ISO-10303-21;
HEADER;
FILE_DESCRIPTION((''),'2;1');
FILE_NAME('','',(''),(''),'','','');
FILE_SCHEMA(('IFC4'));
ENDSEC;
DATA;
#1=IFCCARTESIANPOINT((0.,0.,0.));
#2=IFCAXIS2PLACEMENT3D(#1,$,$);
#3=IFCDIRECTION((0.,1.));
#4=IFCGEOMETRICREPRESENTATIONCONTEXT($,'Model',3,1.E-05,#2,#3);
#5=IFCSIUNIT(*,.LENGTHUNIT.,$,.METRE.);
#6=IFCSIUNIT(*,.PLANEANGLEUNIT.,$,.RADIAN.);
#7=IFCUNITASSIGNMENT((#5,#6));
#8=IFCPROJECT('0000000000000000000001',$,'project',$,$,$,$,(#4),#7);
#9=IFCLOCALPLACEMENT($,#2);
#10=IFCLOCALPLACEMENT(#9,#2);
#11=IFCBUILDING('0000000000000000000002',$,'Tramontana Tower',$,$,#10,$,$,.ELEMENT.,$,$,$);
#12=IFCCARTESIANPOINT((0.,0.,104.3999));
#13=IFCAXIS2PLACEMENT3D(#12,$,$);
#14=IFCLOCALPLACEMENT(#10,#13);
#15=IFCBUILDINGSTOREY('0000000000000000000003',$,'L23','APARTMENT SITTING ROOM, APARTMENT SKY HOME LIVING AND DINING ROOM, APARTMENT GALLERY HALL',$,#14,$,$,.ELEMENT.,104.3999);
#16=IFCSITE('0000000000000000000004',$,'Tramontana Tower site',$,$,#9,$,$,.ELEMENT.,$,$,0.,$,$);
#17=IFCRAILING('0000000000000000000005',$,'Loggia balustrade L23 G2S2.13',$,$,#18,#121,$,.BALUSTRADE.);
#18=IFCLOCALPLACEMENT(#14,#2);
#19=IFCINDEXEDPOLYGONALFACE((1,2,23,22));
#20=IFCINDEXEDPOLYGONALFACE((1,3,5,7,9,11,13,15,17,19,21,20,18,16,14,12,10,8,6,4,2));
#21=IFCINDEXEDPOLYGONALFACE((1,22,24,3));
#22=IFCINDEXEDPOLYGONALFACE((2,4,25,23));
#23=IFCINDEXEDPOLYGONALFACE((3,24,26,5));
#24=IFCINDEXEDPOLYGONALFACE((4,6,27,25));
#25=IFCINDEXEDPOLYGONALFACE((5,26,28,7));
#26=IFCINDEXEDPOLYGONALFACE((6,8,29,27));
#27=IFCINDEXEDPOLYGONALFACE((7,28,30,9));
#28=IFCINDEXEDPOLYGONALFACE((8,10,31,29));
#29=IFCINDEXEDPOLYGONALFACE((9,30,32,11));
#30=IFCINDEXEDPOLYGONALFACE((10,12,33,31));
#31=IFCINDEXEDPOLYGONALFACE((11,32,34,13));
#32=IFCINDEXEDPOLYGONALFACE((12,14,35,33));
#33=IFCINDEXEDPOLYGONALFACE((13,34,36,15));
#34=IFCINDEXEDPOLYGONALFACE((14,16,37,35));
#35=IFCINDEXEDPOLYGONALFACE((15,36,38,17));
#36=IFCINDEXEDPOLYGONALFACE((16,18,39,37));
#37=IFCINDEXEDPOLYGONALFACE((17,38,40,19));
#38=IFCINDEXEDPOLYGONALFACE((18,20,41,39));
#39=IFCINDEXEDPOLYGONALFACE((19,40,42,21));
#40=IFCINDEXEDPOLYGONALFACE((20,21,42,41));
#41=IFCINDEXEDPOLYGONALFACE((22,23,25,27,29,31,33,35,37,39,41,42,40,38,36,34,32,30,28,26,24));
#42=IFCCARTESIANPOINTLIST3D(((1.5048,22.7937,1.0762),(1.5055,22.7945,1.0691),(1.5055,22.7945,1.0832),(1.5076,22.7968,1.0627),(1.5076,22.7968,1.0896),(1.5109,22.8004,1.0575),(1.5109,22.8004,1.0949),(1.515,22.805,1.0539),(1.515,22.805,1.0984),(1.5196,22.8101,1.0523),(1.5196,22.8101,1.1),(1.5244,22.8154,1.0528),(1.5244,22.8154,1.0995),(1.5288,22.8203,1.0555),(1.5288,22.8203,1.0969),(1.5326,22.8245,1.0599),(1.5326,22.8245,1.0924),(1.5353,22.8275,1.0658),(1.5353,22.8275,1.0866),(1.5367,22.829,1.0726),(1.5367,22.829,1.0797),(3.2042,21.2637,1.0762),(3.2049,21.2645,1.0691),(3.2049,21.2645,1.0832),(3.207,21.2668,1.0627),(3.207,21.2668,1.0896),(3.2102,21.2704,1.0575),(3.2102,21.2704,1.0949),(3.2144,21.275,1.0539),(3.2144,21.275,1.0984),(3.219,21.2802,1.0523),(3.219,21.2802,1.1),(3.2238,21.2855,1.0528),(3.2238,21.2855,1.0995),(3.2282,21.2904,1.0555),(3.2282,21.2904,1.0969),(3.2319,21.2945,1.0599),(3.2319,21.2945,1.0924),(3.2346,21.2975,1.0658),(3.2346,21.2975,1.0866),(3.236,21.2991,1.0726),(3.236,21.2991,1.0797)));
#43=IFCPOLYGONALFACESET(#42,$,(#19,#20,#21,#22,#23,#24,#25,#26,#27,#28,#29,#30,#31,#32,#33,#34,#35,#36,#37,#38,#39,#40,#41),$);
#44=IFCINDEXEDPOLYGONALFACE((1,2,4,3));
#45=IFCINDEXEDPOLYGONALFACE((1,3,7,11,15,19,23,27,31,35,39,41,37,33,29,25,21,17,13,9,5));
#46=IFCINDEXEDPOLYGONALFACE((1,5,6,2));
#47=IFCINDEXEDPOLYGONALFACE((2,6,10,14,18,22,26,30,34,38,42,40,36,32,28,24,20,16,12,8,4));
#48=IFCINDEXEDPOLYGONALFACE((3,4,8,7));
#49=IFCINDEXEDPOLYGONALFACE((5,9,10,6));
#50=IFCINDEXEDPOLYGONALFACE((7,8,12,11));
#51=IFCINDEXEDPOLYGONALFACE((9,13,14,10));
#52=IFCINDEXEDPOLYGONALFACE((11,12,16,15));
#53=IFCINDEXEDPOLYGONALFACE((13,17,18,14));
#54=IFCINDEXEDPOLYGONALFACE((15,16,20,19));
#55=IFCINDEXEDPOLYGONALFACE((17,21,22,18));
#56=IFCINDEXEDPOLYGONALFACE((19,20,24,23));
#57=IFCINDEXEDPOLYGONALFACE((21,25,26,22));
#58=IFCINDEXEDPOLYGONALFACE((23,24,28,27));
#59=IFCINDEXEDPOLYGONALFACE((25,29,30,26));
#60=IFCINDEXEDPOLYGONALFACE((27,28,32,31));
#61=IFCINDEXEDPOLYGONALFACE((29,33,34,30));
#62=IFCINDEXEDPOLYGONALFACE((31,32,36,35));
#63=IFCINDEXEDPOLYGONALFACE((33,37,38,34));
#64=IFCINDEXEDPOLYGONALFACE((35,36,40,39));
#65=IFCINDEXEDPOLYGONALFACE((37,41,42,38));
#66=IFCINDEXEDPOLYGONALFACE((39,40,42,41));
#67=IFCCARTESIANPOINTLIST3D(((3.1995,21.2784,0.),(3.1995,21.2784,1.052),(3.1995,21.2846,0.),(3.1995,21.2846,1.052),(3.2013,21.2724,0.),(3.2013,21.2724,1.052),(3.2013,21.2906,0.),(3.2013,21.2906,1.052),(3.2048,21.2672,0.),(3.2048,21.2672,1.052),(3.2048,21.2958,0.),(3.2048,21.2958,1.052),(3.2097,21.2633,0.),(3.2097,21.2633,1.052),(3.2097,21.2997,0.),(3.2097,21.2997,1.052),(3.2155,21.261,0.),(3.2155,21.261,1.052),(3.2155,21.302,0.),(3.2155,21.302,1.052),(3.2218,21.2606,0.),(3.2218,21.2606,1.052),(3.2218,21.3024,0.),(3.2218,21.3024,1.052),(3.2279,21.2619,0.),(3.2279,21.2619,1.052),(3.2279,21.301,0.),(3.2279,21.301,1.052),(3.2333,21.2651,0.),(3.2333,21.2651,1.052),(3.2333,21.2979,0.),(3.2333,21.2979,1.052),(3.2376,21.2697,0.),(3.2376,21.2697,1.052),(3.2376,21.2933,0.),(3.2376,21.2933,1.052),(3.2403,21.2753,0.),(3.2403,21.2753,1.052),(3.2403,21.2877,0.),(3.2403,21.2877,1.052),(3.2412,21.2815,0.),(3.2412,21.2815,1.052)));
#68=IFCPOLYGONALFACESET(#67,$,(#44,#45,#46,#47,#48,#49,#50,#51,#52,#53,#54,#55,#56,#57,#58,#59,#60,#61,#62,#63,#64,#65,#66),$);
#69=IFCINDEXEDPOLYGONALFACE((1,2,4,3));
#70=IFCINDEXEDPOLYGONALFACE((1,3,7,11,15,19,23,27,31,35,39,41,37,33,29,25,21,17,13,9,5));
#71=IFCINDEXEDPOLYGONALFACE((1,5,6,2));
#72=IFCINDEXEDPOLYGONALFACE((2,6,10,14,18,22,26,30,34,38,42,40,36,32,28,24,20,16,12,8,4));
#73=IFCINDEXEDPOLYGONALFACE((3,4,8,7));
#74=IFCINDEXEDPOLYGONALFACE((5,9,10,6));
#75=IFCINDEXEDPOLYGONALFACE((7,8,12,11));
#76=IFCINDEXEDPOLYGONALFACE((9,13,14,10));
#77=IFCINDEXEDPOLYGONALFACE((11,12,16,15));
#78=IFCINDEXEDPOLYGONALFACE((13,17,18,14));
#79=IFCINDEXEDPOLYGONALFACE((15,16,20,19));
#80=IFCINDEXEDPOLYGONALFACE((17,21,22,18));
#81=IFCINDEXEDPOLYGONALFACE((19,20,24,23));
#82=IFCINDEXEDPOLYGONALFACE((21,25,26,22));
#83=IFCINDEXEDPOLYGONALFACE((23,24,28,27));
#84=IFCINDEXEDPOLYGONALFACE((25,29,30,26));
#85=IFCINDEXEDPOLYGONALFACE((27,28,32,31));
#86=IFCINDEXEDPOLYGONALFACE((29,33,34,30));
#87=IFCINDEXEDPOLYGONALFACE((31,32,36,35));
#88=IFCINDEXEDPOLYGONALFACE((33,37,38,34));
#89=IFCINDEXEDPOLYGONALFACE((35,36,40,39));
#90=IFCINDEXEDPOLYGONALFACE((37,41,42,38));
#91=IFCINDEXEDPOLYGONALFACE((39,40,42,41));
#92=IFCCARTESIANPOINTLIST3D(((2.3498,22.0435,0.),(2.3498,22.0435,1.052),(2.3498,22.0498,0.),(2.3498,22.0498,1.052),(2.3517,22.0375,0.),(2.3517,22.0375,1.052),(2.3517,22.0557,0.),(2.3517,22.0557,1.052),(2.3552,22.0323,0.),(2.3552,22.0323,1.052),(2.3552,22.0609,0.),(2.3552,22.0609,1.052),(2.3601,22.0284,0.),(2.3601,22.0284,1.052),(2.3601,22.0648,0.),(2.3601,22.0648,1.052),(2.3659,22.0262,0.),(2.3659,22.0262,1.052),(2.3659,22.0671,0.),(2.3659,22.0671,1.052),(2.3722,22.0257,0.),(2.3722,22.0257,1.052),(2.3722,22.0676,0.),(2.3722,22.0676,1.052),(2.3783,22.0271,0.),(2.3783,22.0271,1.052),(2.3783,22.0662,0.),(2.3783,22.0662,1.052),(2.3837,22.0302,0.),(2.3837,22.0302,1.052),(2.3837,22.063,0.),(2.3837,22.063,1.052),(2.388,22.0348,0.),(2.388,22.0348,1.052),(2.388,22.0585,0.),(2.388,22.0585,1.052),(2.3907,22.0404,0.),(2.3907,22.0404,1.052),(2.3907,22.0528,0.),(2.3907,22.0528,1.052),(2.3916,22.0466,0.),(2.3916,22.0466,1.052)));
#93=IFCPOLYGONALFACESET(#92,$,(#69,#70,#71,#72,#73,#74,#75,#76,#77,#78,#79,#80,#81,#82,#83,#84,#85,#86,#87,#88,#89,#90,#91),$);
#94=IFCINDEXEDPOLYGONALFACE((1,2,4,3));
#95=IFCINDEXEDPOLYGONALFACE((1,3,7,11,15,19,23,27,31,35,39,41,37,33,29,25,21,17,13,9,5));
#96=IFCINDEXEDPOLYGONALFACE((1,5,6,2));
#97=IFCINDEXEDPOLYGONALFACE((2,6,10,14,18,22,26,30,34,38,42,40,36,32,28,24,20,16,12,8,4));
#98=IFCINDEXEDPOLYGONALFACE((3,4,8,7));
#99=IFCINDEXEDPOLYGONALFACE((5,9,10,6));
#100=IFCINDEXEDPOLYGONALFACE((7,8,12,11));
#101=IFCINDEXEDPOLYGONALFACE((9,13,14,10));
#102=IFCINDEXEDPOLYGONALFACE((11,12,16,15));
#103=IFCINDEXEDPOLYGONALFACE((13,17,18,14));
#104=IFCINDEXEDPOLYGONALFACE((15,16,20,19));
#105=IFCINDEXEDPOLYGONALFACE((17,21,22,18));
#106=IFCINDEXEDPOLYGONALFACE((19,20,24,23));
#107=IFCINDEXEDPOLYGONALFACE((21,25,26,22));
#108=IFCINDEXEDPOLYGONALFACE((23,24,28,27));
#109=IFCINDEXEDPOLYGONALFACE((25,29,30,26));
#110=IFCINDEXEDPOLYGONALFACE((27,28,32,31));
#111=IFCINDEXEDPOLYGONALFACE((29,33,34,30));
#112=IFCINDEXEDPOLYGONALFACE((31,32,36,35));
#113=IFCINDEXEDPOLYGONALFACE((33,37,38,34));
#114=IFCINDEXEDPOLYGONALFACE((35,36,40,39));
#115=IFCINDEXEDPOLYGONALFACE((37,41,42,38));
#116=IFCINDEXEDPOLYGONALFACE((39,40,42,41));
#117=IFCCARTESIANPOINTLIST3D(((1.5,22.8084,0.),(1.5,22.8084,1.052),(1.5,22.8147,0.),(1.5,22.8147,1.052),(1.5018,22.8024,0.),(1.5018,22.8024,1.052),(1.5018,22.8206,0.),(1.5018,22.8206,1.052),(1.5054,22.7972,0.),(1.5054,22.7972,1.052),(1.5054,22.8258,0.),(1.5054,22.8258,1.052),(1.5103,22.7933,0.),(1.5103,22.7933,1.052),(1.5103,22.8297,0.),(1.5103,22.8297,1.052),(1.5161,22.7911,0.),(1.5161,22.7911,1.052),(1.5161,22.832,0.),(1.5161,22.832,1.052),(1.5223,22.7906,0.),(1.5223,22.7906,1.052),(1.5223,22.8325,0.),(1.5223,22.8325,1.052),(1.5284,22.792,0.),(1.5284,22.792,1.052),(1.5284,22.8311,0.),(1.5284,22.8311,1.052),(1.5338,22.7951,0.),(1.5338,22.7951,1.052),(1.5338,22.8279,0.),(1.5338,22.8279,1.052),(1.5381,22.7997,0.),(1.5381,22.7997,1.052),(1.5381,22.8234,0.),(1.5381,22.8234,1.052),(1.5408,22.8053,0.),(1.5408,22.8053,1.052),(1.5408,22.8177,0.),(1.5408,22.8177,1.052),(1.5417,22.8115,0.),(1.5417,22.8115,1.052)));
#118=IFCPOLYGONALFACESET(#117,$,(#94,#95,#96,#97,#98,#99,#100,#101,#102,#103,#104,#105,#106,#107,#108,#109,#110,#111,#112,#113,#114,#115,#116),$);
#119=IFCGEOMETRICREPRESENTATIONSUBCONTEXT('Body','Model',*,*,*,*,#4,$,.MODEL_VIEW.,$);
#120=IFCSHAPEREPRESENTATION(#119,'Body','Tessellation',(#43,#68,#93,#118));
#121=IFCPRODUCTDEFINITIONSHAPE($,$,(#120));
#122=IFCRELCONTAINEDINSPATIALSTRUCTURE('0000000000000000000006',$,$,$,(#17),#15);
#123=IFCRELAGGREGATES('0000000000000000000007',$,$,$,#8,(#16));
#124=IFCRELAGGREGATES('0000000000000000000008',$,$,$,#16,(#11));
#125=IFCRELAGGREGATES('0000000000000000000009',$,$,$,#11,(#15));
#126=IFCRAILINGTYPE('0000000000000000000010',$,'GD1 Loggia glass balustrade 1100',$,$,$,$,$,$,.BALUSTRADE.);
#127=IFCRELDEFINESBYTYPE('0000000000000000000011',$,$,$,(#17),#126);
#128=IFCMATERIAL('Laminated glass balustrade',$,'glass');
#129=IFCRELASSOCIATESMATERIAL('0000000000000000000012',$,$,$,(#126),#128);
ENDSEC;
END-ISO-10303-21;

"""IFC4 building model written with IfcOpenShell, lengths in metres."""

from ifc_helpers import new_model, si_unit, direction, frame, origin, origin_2d, place, context, subcontext, project, spatial, circle, extrude, material, type_object, element, save


model = new_model("IFC4")

# Units and contexts
model_context = context("Model", 3, precision=1e-05, world=origin(), true_north=direction((0.0, 1.0)))
body_context = subcontext(model_context, "Body", "Model", "MODEL_VIEW")
ifc_project = project(units=[si_unit("LENGTHUNIT", "METRE"), si_unit("PLANEANGLEUNIT", "RADIAN")], contexts=[model_context])

# Site, building, storey
site_placement = place(None, origin())
site = spatial("IfcSite", under=ifc_project, at=site_placement, Name="Tramontana Tower site", CompositionType="ELEMENT", RefElevation=0.0)
building_placement = place(site_placement, origin())
building = spatial("IfcBuilding", under=site, at=building_placement, Name="Tramontana Tower", CompositionType="ELEMENT")
storey_placement = place(building_placement, frame((0.0, 0.0, 104.3999)))
storey = spatial("IfcBuildingStorey", under=building, at=storey_placement, Name="L23", Description="APARTMENT SITTING ROOM, APARTMENT SKY HOME LIVING AND DINING ROOM, APARTMENT GALLERY HALL", CompositionType="ELEMENT", Elevation=104.3999)

# Railing
ifc_material_1 = material(Name="Laminated glass balustrade", Category="glass")
railing_type = type_object("IfcRailingType", Name="GD1 Loggia glass balustrade 1100", PredefinedType="BALUSTRADE", material=ifc_material_1)
railing_placement = place(storey_placement, frame((3.2202, 21.2815, 0.0)))
element("IfcRailing", 1, at=railing_placement, inside=storey, type_object=railing_type, Name="Loggia balustrade L23 G2S2.13", PredefinedType="BALUSTRADE", context=body_context, shape_type="SweptSolid", body=[
    extrude(circle(Radius=0.0239, at=origin_2d()), frame((0.0, 0.0, 1.0762), z_axis=(-0.743183, 0.669089, 0.0), x_axis=(-0.669089, -0.743183, 0.0)), (0.0, 0.0, 1.0), 2.2866),
    extrude(circle(Radius=0.021, at=origin_2d()), origin(), (0.0, 0.0, 1.0), 1.052),
    extrude(circle(Radius=0.021, at=origin_2d()), frame((-0.8496, 0.7651, 0.0)), (0.0, 0.0, 1.0), 1.052),
    extrude(circle(Radius=0.021, at=origin_2d()), frame((-1.6995, 1.53, 0.0)), (0.0, 0.0, 1.0), 1.052),
])

save(model, "model.ifc")
